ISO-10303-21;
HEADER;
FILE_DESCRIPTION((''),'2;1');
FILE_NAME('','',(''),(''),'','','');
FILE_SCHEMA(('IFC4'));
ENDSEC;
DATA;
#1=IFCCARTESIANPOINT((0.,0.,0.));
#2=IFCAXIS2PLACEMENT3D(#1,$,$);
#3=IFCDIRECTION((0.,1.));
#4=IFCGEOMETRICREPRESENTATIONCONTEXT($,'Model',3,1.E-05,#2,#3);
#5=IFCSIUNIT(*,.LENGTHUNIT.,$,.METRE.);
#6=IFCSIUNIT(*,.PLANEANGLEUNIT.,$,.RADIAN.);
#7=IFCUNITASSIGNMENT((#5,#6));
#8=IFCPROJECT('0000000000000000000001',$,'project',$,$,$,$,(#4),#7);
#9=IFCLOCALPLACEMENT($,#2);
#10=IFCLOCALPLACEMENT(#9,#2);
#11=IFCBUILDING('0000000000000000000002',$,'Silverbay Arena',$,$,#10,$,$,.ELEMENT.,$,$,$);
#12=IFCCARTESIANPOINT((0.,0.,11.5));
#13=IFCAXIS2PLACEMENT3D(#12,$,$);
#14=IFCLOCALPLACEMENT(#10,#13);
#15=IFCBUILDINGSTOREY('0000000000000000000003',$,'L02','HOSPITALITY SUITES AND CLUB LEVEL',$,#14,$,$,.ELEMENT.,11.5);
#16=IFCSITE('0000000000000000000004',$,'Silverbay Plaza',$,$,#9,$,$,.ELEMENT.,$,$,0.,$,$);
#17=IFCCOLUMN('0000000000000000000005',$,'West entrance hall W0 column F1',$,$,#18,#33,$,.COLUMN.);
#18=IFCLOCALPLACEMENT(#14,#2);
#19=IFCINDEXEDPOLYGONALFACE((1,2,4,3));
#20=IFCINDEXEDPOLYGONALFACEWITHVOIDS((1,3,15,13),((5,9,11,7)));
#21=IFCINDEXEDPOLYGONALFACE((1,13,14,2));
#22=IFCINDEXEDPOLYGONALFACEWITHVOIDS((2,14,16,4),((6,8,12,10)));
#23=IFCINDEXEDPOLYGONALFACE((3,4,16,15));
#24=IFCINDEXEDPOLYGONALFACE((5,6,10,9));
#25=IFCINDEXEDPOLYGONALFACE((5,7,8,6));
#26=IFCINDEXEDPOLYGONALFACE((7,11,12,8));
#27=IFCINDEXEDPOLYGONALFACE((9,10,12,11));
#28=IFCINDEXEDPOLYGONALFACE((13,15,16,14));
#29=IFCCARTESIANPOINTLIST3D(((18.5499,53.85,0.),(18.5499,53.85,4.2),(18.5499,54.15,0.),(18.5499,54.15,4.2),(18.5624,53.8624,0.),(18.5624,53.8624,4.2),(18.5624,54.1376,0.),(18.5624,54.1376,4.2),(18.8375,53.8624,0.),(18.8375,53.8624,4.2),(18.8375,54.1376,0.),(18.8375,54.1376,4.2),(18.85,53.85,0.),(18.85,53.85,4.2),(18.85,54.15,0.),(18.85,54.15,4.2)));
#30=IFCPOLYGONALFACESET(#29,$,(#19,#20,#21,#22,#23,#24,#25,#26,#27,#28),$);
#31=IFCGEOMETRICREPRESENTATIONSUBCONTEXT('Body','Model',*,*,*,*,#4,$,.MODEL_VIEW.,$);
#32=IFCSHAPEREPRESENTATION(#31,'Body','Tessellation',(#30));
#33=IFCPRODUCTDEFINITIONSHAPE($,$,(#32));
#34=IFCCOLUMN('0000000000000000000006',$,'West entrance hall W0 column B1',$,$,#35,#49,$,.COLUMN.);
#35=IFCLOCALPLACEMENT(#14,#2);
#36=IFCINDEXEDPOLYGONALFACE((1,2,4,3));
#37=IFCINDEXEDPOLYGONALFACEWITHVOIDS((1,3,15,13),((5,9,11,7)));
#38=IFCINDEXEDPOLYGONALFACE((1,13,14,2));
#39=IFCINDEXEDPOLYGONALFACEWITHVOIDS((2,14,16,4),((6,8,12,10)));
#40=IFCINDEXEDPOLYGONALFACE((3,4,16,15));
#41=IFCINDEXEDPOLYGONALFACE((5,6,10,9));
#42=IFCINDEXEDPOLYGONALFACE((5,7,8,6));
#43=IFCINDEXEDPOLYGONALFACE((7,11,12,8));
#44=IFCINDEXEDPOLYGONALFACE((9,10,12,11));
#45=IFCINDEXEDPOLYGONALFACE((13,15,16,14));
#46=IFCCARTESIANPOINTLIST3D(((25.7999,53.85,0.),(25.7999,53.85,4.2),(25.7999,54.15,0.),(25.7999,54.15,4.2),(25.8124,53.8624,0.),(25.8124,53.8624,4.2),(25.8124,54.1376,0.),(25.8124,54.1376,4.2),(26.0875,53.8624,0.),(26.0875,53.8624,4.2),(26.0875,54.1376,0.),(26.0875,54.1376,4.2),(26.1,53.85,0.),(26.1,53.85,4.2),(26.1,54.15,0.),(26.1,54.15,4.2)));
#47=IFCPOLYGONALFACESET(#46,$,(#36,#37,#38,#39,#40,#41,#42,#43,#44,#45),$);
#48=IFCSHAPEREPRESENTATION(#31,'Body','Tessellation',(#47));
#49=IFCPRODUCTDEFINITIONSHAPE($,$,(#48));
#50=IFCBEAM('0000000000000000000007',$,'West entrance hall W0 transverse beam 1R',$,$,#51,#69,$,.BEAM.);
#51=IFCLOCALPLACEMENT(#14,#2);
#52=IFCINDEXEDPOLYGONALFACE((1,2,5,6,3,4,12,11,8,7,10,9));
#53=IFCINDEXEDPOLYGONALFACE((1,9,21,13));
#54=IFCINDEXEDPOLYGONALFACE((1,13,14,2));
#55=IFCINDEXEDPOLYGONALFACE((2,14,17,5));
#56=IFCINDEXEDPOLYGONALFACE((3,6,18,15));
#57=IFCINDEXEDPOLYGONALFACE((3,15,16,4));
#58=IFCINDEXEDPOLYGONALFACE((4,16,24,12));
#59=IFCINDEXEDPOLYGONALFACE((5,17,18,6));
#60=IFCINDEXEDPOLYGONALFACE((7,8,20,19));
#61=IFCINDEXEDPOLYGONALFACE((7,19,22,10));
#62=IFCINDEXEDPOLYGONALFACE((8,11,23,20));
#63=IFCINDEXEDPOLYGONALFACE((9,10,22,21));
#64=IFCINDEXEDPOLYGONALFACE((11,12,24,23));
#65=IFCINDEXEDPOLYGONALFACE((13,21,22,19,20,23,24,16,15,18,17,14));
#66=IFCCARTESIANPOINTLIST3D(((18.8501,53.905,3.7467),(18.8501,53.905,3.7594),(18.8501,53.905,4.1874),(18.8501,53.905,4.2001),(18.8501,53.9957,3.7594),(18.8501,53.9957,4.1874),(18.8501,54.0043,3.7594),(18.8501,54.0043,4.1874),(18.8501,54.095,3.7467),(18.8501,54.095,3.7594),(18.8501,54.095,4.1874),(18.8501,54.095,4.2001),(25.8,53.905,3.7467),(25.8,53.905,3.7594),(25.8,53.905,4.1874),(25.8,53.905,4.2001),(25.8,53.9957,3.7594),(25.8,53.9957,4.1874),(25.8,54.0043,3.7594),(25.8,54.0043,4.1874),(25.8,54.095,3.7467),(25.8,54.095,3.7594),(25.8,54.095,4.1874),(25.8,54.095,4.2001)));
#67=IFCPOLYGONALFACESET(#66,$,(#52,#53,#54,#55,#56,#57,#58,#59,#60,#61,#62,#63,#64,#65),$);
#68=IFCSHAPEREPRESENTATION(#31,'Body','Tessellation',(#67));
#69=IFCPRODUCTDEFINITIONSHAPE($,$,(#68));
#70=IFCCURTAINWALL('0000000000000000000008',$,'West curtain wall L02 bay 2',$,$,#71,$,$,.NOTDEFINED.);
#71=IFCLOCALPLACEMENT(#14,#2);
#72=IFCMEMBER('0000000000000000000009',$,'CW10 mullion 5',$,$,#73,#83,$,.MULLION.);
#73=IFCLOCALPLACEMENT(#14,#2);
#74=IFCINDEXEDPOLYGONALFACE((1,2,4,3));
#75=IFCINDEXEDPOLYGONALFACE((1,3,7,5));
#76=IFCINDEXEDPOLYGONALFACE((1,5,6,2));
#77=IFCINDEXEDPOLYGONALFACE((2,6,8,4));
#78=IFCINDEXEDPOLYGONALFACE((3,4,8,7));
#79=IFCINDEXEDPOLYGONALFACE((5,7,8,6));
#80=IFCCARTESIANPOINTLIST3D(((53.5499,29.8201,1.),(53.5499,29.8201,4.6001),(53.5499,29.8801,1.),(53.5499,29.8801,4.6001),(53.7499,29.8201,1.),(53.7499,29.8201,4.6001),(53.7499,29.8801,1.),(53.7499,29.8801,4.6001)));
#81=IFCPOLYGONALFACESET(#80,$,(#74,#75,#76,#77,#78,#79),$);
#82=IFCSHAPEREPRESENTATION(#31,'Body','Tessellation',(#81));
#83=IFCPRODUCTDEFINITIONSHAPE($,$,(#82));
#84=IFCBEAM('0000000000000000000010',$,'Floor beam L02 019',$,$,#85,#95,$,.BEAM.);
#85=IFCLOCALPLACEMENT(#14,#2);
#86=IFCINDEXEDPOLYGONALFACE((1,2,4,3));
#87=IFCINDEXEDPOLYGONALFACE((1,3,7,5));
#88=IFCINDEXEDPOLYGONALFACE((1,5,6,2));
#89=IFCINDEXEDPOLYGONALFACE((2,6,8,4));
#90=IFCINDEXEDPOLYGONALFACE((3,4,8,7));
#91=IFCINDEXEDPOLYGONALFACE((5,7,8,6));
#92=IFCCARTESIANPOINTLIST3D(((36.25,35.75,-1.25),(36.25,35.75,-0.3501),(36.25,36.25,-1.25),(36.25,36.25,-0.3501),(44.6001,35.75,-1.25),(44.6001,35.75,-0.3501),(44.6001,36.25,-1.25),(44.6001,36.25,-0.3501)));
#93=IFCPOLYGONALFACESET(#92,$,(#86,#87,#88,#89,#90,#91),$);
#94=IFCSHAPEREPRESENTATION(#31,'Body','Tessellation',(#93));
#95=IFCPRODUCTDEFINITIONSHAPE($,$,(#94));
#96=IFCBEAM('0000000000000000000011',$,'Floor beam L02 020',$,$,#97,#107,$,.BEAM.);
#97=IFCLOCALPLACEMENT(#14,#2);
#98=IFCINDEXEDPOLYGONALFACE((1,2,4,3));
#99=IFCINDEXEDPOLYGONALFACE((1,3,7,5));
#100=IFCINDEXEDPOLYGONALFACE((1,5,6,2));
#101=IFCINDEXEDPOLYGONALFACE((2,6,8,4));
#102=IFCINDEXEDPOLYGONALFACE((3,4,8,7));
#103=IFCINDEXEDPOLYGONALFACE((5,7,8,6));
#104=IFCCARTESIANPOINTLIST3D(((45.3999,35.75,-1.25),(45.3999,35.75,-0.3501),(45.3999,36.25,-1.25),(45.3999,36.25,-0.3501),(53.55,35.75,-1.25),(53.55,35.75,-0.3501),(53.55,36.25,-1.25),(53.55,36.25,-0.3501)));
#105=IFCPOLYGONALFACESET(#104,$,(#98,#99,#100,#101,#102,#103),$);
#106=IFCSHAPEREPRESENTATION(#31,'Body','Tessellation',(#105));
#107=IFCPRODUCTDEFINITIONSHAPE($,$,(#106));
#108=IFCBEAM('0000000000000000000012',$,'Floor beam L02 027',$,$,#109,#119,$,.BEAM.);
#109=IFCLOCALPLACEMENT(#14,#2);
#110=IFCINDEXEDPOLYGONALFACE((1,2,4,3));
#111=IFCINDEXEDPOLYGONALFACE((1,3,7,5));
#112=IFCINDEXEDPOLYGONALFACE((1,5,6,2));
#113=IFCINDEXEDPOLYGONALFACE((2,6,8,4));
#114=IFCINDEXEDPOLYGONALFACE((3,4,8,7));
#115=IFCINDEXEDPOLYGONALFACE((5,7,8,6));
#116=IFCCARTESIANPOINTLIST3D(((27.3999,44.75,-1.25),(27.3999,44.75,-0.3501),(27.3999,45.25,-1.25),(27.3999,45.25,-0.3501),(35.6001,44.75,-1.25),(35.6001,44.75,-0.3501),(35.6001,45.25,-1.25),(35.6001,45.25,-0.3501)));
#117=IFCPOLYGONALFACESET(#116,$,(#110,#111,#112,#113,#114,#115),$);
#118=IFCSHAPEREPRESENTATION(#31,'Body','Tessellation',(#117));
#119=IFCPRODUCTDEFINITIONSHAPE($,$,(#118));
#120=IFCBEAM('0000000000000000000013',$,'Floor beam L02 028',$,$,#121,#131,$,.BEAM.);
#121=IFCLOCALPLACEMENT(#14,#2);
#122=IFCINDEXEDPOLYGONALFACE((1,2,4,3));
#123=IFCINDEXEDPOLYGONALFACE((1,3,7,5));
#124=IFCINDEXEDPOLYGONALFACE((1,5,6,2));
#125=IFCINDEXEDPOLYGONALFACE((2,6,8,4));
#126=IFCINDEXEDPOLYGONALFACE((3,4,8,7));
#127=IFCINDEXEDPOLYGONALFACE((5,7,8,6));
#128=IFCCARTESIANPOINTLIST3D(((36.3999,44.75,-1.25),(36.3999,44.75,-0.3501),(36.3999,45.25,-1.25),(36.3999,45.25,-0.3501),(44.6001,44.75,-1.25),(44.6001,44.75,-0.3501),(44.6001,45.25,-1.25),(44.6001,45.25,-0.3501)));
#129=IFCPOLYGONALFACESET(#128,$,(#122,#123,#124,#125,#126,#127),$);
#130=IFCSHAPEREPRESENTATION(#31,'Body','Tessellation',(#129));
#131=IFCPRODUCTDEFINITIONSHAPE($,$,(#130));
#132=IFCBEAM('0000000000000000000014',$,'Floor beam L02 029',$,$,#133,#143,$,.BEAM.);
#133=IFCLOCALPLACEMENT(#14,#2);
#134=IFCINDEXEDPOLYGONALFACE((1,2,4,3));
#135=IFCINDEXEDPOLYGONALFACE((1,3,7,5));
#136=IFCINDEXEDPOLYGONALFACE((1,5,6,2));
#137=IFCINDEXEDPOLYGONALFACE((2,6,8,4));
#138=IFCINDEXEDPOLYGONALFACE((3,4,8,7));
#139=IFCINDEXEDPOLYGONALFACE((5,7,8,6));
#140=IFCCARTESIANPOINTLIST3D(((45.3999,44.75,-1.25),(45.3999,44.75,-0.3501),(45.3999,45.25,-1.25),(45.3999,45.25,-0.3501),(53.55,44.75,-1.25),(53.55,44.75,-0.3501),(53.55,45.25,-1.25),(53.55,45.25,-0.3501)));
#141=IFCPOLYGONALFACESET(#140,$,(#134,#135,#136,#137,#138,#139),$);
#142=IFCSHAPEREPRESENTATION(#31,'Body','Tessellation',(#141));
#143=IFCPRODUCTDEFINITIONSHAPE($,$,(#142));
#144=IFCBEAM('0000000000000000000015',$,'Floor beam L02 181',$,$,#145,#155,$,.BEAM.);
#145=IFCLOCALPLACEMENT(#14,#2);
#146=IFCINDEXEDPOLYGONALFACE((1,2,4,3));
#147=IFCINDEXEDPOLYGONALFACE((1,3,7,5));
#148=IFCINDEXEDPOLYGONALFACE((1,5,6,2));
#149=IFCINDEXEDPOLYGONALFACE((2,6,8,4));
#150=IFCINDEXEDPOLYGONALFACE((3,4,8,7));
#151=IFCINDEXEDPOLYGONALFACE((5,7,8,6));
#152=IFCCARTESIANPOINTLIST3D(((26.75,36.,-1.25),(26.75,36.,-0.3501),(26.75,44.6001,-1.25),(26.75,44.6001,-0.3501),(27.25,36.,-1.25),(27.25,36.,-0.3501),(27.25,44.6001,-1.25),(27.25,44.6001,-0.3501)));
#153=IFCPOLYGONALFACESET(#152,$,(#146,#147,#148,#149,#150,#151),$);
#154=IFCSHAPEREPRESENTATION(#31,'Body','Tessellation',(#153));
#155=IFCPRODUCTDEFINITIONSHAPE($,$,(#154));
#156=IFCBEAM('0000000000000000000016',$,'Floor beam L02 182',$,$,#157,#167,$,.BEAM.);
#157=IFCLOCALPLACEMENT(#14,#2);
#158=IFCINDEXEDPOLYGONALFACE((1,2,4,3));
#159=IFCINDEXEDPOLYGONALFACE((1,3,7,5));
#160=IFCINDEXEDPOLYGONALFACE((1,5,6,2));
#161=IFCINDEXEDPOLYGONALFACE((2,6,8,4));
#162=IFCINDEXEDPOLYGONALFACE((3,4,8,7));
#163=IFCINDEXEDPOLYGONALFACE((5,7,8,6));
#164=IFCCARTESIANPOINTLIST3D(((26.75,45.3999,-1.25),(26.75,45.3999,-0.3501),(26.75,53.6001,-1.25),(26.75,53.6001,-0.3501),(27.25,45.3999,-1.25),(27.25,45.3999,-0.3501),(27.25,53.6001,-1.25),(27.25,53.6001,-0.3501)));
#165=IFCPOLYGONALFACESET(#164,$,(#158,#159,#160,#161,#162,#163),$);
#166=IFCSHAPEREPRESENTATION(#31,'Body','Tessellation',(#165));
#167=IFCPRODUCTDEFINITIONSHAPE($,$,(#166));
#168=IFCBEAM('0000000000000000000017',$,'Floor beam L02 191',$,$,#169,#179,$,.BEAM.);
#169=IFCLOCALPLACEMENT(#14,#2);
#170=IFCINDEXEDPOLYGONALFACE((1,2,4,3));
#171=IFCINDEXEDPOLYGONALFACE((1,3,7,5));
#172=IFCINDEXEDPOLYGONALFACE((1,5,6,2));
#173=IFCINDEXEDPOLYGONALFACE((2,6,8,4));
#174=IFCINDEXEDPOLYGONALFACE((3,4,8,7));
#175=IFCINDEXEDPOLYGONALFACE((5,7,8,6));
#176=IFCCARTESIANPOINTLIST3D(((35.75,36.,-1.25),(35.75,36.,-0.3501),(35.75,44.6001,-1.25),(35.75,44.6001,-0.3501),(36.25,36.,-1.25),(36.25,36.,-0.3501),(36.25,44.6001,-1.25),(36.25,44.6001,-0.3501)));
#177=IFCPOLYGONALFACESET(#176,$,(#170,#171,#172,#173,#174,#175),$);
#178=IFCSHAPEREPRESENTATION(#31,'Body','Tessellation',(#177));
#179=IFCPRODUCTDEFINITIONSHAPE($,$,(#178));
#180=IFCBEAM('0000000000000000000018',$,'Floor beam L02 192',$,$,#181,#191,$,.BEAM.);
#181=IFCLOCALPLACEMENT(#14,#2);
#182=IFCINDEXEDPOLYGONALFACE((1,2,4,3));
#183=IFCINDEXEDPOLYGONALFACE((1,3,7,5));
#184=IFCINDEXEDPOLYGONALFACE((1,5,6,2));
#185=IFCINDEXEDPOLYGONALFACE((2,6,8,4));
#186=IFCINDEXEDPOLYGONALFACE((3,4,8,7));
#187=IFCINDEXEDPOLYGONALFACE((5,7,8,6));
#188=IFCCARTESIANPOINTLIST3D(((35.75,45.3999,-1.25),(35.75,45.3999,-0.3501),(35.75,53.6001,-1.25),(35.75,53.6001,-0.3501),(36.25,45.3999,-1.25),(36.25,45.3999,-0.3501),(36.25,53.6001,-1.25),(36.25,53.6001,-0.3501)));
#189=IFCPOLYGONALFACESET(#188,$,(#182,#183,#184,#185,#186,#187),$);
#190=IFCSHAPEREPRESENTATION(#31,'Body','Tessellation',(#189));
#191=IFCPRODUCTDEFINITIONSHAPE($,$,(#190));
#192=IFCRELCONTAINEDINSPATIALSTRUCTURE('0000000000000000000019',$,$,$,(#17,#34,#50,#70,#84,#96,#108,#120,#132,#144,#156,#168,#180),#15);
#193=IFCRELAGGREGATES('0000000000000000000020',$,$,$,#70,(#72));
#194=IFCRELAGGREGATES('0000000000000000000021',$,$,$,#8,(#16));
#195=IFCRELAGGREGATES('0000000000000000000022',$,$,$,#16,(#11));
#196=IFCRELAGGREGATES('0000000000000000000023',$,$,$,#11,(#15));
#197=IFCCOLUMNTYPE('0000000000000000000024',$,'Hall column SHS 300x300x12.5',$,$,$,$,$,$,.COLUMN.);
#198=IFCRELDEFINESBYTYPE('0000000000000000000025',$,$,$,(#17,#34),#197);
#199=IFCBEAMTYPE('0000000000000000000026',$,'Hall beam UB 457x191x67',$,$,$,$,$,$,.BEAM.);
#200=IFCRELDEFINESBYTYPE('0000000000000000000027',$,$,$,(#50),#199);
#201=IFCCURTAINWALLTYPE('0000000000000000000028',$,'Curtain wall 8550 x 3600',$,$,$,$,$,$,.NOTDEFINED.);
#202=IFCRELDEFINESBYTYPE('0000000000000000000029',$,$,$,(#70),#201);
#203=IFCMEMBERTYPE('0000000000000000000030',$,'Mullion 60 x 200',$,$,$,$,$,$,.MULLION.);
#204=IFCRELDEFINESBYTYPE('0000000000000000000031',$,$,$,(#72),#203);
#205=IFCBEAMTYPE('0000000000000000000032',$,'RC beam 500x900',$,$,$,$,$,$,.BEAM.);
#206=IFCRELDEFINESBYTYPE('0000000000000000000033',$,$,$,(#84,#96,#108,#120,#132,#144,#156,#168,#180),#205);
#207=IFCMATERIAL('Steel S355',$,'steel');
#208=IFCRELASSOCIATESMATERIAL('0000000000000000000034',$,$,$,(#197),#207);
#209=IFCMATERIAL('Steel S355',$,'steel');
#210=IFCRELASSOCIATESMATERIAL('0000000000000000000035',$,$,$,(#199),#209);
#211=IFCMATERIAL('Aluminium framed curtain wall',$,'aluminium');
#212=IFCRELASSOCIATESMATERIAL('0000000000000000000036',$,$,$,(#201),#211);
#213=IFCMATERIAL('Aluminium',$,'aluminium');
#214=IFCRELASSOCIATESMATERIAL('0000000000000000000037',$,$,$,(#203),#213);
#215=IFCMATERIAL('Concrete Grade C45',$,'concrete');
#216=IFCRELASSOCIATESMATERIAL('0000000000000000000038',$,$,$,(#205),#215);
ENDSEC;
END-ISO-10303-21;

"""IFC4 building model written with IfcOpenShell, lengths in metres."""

from ifc_helpers import new_model, si_unit, direction, frame, origin, origin_2d, place, context, subcontext, project, spatial, rectangle, hollow_rectangle, i_section, extrude, material, material_profile, profile_set, type_object, element, aggregate, save


model = new_model("IFC4")

# Units and contexts
model_context = context("Model", 3, precision=1e-05, world=origin(), true_north=direction((0.0, 1.0)))
body_context = subcontext(model_context, "Body", "Model", "MODEL_VIEW")
ifc_project = project(units=[si_unit("LENGTHUNIT", "METRE"), si_unit("PLANEANGLEUNIT", "RADIAN")], contexts=[model_context])

# Site, building, storey
site_placement = place(None, origin())
site = spatial("IfcSite", under=ifc_project, at=site_placement, Name="Silverbay Plaza", CompositionType="ELEMENT", RefElevation=0.0)
building_placement = place(site_placement, origin())
building = spatial("IfcBuilding", under=site, at=building_placement, Name="Silverbay Arena", CompositionType="ELEMENT")
storey_placement = place(building_placement, frame((0.0, 0.0, 11.5)))
storey = spatial("IfcBuildingStorey", under=building, at=storey_placement, Name="L02", Description="HOSPITALITY SUITES AND CLUB LEVEL", CompositionType="ELEMENT", Elevation=11.5)

# Columns
ifc_material_1 = material(Name="Steel S355", Category="steel")
ifc_material_profile_1 = material_profile(ifc_material_1, hollow_rectangle(XDim=0.3, YDim=0.3, WallThickness=0.0125, at=origin_2d()), Name="SHS 300x300x12.5")
ifc_profile_set_1 = profile_set([ifc_material_profile_1], Name="Steel S355")
column_type = type_object("IfcColumnType", Name="Hall column SHS 300x300x12.5", PredefinedType="COLUMN", material=ifc_profile_set_1)
for number, where, z_axis, x_axis, name in (
    (1, (18.7, 54.0, 0.0), (0.0, 0.0, 1.0), (1.0, 0.0, 0.0), "West entrance hall W0 column F1"),
    (2, (25.95, 54.0, 0.0), (0.0, 0.0, 1.0), (1.0, 0.0, 0.0), "West entrance hall W0 column B1"),
):
    element("IfcColumn", number, at=place(storey_placement, frame(where, z_axis=z_axis, x_axis=x_axis)), inside=storey, type_object=column_type, Name=name, PredefinedType="COLUMN", context=body_context, shape_type="SweptSolid", body=[
        extrude(hollow_rectangle(XDim=0.3, YDim=0.3, WallThickness=0.0125, at=origin_2d()), origin(), (0.0, 0.0, 1.0), 4.2),
    ])

# Beam
ifc_material_2 = material(Name="Steel S355", Category="steel")
ifc_material_profile_2 = material_profile(ifc_material_2, i_section(OverallWidth=0.1899, OverallDepth=0.4534, WebThickness=0.0085, FlangeThickness=0.0127, at=origin_2d()), Name="UB 457x191x67")
ifc_profile_set_2 = profile_set([ifc_material_profile_2], Name="Steel S355")
beam_type_1 = type_object("IfcBeamType", Name="Hall beam UB 457x191x67", PredefinedType="BEAM", material=ifc_profile_set_2)
beam_1_placement = place(storey_placement, frame((25.8, 54.0, 3.9734), z_axis=(-1.0, 0.0, 0.0), x_axis=(0.0, -1.0, 0.0)))
element("IfcBeam", 3, at=beam_1_placement, inside=storey, type_object=beam_type_1, Name="West entrance hall W0 transverse beam 1R", PredefinedType="BEAM", context=body_context, shape_type="SweptSolid", body=[
    extrude(i_section(OverallWidth=0.1899, OverallDepth=0.4534, WebThickness=0.0085, FlangeThickness=0.0127, at=origin_2d()), origin(), (0.0, 0.0, 1.0), 6.95),
])

# Curtain wall, member
ifc_material_3 = material(Name="Aluminium framed curtain wall", Category="aluminium")
curtain_wall_type = type_object("IfcCurtainWallType", Name="Curtain wall 8550 x 3600", PredefinedType="NOTDEFINED", material=ifc_material_3)
curtain_wall_placement = place(storey_placement, origin())
curtain_wall = element("IfcCurtainWall", 4, at=curtain_wall_placement, inside=storey, type_object=curtain_wall_type, Name="West curtain wall L02 bay 2", PredefinedType="NOTDEFINED")
ifc_material_4 = material(Name="Aluminium", Category="aluminium")
ifc_material_profile_3 = material_profile(ifc_material_4, rectangle(XDim=0.2, YDim=0.0601, at=origin_2d()), Name="Mullion 60 x 200")
ifc_profile_set_3 = profile_set([ifc_material_profile_3], Name="Aluminium")
member_type_1 = type_object("IfcMemberType", Name="Mullion 60 x 200", PredefinedType="MULLION", material=ifc_profile_set_3)
member_1_placement = place(storey_placement, frame((53.6499, 29.8501, 1.0), z_axis=(0.0, 0.0, 1.0), x_axis=(1.0, 0.0, 0.0)))
member_1 = element("IfcMember", 5, at=member_1_placement, type_object=member_type_1, Name="CW10 mullion 5", PredefinedType="MULLION", context=body_context, shape_type="SweptSolid", body=[
    extrude(rectangle(XDim=0.2, YDim=0.0601, at=origin_2d()), origin(), (0.0, 0.0, 1.0), 3.6001),
])

# Beams
ifc_material_5 = material(Name="Concrete Grade C45", Category="concrete")
ifc_material_profile_4 = material_profile(ifc_material_5, rectangle(XDim=0.5, YDim=0.8999, at=origin_2d()), Name="RC 500x900")
ifc_profile_set_4 = profile_set([ifc_material_profile_4], Name="Concrete Grade C45")
beam_type_2 = type_object("IfcBeamType", Name="RC beam 500x900", PredefinedType="BEAM", material=ifc_profile_set_4)
beam_2_placement = place(storey_placement, frame((36.25, 36.0, -0.8), z_axis=(1.0, 0.0, 0.0), x_axis=(0.0, 1.0, 0.0)))
element("IfcBeam", 6, at=beam_2_placement, inside=storey, type_object=beam_type_2, Name="Floor beam L02 019", PredefinedType="BEAM", context=body_context, shape_type="SweptSolid", body=[
    extrude(rectangle(XDim=0.5, YDim=0.8999, at=origin_2d()), origin(), (0.0, 0.0, 1.0), 8.3501),
])
beam_3_placement = place(storey_placement, frame((45.3999, 36.0, -0.8), z_axis=(1.0, 0.0, 0.0), x_axis=(0.0, 1.0, 0.0)))
element("IfcBeam", 7, at=beam_3_placement, inside=storey, type_object=beam_type_2, Name="Floor beam L02 020", PredefinedType="BEAM", context=body_context, shape_type="SweptSolid", body=[
    extrude(rectangle(XDim=0.5, YDim=0.8999, at=origin_2d()), origin(), (0.0, 0.0, 1.0), 8.1501),
])
for number, where, z_axis, x_axis, name in (
    (8, (27.3999, 45.0, -0.8), (1.0, 0.0, 0.0), (0.0, 1.0, 0.0), "Floor beam L02 027"),
    (9, (36.3999, 45.0, -0.8), (1.0, 0.0, 0.0), (0.0, 1.0, 0.0), "Floor beam L02 028"),
):
    element("IfcBeam", number, at=place(storey_placement, frame(where, z_axis=z_axis, x_axis=x_axis)), inside=storey, type_object=beam_type_2, Name=name, PredefinedType="BEAM", context=body_context, shape_type="SweptSolid", body=[
        extrude(rectangle(XDim=0.5, YDim=0.8999, at=origin_2d()), origin(), (0.0, 0.0, 1.0), 8.2002),
    ])
beam_4_placement = place(storey_placement, frame((45.3999, 45.0, -0.8), z_axis=(1.0, 0.0, 0.0), x_axis=(0.0, 1.0, 0.0)))
element("IfcBeam", 10, at=beam_4_placement, inside=storey, type_object=beam_type_2, Name="Floor beam L02 029", PredefinedType="BEAM", context=body_context, shape_type="SweptSolid", body=[
    extrude(rectangle(XDim=0.5, YDim=0.8999, at=origin_2d()), origin(), (0.0, 0.0, 1.0), 8.1501),
])
beam_5_placement = place(storey_placement, frame((27.0, 36.0, -0.8), z_axis=(0.0, 1.0, 0.0), x_axis=(-1.0, 0.0, 0.0)))
element("IfcBeam", 11, at=beam_5_placement, inside=storey, type_object=beam_type_2, Name="Floor beam L02 181", PredefinedType="BEAM", context=body_context, shape_type="SweptSolid", body=[
    extrude(rectangle(XDim=0.5, YDim=0.8999, at=origin_2d()), origin(), (0.0, 0.0, 1.0), 8.6001),
])
beam_6_placement = place(storey_placement, frame((27.0, 45.3999, -0.8), z_axis=(0.0, 1.0, 0.0), x_axis=(-1.0, 0.0, 0.0)))
element("IfcBeam", 12, at=beam_6_placement, inside=storey, type_object=beam_type_2, Name="Floor beam L02 182", PredefinedType="BEAM", context=body_context, shape_type="SweptSolid", body=[
    extrude(rectangle(XDim=0.5, YDim=0.8999, at=origin_2d()), origin(), (0.0, 0.0, 1.0), 8.2002),
])
beam_7_placement = place(storey_placement, frame((36.0, 36.0, -0.8), z_axis=(0.0, 1.0, 0.0), x_axis=(-1.0, 0.0, 0.0)))
element("IfcBeam", 13, at=beam_7_placement, inside=storey, type_object=beam_type_2, Name="Floor beam L02 191", PredefinedType="BEAM", context=body_context, shape_type="SweptSolid", body=[
    extrude(rectangle(XDim=0.5, YDim=0.8999, at=origin_2d()), origin(), (0.0, 0.0, 1.0), 8.6001),
])
for number, where, z_axis, x_axis, name in (
    (14, (36.0, 45.3999, -0.8), (0.0, 1.0, 0.0), (-1.0, 0.0, 0.0), "Floor beam L02 192"),
):
    element("IfcBeam", number, at=place(storey_placement, frame(where, z_axis=z_axis, x_axis=x_axis)), inside=storey, type_object=beam_type_2, Name=name, PredefinedType="BEAM", context=body_context, shape_type="SweptSolid", body=[
        extrude(rectangle(XDim=0.5, YDim=0.8999, at=origin_2d()), origin(), (0.0, 0.0, 1.0), 8.2002),
    ])

aggregate(curtain_wall, [member_1])

save(model, "model.ifc")
